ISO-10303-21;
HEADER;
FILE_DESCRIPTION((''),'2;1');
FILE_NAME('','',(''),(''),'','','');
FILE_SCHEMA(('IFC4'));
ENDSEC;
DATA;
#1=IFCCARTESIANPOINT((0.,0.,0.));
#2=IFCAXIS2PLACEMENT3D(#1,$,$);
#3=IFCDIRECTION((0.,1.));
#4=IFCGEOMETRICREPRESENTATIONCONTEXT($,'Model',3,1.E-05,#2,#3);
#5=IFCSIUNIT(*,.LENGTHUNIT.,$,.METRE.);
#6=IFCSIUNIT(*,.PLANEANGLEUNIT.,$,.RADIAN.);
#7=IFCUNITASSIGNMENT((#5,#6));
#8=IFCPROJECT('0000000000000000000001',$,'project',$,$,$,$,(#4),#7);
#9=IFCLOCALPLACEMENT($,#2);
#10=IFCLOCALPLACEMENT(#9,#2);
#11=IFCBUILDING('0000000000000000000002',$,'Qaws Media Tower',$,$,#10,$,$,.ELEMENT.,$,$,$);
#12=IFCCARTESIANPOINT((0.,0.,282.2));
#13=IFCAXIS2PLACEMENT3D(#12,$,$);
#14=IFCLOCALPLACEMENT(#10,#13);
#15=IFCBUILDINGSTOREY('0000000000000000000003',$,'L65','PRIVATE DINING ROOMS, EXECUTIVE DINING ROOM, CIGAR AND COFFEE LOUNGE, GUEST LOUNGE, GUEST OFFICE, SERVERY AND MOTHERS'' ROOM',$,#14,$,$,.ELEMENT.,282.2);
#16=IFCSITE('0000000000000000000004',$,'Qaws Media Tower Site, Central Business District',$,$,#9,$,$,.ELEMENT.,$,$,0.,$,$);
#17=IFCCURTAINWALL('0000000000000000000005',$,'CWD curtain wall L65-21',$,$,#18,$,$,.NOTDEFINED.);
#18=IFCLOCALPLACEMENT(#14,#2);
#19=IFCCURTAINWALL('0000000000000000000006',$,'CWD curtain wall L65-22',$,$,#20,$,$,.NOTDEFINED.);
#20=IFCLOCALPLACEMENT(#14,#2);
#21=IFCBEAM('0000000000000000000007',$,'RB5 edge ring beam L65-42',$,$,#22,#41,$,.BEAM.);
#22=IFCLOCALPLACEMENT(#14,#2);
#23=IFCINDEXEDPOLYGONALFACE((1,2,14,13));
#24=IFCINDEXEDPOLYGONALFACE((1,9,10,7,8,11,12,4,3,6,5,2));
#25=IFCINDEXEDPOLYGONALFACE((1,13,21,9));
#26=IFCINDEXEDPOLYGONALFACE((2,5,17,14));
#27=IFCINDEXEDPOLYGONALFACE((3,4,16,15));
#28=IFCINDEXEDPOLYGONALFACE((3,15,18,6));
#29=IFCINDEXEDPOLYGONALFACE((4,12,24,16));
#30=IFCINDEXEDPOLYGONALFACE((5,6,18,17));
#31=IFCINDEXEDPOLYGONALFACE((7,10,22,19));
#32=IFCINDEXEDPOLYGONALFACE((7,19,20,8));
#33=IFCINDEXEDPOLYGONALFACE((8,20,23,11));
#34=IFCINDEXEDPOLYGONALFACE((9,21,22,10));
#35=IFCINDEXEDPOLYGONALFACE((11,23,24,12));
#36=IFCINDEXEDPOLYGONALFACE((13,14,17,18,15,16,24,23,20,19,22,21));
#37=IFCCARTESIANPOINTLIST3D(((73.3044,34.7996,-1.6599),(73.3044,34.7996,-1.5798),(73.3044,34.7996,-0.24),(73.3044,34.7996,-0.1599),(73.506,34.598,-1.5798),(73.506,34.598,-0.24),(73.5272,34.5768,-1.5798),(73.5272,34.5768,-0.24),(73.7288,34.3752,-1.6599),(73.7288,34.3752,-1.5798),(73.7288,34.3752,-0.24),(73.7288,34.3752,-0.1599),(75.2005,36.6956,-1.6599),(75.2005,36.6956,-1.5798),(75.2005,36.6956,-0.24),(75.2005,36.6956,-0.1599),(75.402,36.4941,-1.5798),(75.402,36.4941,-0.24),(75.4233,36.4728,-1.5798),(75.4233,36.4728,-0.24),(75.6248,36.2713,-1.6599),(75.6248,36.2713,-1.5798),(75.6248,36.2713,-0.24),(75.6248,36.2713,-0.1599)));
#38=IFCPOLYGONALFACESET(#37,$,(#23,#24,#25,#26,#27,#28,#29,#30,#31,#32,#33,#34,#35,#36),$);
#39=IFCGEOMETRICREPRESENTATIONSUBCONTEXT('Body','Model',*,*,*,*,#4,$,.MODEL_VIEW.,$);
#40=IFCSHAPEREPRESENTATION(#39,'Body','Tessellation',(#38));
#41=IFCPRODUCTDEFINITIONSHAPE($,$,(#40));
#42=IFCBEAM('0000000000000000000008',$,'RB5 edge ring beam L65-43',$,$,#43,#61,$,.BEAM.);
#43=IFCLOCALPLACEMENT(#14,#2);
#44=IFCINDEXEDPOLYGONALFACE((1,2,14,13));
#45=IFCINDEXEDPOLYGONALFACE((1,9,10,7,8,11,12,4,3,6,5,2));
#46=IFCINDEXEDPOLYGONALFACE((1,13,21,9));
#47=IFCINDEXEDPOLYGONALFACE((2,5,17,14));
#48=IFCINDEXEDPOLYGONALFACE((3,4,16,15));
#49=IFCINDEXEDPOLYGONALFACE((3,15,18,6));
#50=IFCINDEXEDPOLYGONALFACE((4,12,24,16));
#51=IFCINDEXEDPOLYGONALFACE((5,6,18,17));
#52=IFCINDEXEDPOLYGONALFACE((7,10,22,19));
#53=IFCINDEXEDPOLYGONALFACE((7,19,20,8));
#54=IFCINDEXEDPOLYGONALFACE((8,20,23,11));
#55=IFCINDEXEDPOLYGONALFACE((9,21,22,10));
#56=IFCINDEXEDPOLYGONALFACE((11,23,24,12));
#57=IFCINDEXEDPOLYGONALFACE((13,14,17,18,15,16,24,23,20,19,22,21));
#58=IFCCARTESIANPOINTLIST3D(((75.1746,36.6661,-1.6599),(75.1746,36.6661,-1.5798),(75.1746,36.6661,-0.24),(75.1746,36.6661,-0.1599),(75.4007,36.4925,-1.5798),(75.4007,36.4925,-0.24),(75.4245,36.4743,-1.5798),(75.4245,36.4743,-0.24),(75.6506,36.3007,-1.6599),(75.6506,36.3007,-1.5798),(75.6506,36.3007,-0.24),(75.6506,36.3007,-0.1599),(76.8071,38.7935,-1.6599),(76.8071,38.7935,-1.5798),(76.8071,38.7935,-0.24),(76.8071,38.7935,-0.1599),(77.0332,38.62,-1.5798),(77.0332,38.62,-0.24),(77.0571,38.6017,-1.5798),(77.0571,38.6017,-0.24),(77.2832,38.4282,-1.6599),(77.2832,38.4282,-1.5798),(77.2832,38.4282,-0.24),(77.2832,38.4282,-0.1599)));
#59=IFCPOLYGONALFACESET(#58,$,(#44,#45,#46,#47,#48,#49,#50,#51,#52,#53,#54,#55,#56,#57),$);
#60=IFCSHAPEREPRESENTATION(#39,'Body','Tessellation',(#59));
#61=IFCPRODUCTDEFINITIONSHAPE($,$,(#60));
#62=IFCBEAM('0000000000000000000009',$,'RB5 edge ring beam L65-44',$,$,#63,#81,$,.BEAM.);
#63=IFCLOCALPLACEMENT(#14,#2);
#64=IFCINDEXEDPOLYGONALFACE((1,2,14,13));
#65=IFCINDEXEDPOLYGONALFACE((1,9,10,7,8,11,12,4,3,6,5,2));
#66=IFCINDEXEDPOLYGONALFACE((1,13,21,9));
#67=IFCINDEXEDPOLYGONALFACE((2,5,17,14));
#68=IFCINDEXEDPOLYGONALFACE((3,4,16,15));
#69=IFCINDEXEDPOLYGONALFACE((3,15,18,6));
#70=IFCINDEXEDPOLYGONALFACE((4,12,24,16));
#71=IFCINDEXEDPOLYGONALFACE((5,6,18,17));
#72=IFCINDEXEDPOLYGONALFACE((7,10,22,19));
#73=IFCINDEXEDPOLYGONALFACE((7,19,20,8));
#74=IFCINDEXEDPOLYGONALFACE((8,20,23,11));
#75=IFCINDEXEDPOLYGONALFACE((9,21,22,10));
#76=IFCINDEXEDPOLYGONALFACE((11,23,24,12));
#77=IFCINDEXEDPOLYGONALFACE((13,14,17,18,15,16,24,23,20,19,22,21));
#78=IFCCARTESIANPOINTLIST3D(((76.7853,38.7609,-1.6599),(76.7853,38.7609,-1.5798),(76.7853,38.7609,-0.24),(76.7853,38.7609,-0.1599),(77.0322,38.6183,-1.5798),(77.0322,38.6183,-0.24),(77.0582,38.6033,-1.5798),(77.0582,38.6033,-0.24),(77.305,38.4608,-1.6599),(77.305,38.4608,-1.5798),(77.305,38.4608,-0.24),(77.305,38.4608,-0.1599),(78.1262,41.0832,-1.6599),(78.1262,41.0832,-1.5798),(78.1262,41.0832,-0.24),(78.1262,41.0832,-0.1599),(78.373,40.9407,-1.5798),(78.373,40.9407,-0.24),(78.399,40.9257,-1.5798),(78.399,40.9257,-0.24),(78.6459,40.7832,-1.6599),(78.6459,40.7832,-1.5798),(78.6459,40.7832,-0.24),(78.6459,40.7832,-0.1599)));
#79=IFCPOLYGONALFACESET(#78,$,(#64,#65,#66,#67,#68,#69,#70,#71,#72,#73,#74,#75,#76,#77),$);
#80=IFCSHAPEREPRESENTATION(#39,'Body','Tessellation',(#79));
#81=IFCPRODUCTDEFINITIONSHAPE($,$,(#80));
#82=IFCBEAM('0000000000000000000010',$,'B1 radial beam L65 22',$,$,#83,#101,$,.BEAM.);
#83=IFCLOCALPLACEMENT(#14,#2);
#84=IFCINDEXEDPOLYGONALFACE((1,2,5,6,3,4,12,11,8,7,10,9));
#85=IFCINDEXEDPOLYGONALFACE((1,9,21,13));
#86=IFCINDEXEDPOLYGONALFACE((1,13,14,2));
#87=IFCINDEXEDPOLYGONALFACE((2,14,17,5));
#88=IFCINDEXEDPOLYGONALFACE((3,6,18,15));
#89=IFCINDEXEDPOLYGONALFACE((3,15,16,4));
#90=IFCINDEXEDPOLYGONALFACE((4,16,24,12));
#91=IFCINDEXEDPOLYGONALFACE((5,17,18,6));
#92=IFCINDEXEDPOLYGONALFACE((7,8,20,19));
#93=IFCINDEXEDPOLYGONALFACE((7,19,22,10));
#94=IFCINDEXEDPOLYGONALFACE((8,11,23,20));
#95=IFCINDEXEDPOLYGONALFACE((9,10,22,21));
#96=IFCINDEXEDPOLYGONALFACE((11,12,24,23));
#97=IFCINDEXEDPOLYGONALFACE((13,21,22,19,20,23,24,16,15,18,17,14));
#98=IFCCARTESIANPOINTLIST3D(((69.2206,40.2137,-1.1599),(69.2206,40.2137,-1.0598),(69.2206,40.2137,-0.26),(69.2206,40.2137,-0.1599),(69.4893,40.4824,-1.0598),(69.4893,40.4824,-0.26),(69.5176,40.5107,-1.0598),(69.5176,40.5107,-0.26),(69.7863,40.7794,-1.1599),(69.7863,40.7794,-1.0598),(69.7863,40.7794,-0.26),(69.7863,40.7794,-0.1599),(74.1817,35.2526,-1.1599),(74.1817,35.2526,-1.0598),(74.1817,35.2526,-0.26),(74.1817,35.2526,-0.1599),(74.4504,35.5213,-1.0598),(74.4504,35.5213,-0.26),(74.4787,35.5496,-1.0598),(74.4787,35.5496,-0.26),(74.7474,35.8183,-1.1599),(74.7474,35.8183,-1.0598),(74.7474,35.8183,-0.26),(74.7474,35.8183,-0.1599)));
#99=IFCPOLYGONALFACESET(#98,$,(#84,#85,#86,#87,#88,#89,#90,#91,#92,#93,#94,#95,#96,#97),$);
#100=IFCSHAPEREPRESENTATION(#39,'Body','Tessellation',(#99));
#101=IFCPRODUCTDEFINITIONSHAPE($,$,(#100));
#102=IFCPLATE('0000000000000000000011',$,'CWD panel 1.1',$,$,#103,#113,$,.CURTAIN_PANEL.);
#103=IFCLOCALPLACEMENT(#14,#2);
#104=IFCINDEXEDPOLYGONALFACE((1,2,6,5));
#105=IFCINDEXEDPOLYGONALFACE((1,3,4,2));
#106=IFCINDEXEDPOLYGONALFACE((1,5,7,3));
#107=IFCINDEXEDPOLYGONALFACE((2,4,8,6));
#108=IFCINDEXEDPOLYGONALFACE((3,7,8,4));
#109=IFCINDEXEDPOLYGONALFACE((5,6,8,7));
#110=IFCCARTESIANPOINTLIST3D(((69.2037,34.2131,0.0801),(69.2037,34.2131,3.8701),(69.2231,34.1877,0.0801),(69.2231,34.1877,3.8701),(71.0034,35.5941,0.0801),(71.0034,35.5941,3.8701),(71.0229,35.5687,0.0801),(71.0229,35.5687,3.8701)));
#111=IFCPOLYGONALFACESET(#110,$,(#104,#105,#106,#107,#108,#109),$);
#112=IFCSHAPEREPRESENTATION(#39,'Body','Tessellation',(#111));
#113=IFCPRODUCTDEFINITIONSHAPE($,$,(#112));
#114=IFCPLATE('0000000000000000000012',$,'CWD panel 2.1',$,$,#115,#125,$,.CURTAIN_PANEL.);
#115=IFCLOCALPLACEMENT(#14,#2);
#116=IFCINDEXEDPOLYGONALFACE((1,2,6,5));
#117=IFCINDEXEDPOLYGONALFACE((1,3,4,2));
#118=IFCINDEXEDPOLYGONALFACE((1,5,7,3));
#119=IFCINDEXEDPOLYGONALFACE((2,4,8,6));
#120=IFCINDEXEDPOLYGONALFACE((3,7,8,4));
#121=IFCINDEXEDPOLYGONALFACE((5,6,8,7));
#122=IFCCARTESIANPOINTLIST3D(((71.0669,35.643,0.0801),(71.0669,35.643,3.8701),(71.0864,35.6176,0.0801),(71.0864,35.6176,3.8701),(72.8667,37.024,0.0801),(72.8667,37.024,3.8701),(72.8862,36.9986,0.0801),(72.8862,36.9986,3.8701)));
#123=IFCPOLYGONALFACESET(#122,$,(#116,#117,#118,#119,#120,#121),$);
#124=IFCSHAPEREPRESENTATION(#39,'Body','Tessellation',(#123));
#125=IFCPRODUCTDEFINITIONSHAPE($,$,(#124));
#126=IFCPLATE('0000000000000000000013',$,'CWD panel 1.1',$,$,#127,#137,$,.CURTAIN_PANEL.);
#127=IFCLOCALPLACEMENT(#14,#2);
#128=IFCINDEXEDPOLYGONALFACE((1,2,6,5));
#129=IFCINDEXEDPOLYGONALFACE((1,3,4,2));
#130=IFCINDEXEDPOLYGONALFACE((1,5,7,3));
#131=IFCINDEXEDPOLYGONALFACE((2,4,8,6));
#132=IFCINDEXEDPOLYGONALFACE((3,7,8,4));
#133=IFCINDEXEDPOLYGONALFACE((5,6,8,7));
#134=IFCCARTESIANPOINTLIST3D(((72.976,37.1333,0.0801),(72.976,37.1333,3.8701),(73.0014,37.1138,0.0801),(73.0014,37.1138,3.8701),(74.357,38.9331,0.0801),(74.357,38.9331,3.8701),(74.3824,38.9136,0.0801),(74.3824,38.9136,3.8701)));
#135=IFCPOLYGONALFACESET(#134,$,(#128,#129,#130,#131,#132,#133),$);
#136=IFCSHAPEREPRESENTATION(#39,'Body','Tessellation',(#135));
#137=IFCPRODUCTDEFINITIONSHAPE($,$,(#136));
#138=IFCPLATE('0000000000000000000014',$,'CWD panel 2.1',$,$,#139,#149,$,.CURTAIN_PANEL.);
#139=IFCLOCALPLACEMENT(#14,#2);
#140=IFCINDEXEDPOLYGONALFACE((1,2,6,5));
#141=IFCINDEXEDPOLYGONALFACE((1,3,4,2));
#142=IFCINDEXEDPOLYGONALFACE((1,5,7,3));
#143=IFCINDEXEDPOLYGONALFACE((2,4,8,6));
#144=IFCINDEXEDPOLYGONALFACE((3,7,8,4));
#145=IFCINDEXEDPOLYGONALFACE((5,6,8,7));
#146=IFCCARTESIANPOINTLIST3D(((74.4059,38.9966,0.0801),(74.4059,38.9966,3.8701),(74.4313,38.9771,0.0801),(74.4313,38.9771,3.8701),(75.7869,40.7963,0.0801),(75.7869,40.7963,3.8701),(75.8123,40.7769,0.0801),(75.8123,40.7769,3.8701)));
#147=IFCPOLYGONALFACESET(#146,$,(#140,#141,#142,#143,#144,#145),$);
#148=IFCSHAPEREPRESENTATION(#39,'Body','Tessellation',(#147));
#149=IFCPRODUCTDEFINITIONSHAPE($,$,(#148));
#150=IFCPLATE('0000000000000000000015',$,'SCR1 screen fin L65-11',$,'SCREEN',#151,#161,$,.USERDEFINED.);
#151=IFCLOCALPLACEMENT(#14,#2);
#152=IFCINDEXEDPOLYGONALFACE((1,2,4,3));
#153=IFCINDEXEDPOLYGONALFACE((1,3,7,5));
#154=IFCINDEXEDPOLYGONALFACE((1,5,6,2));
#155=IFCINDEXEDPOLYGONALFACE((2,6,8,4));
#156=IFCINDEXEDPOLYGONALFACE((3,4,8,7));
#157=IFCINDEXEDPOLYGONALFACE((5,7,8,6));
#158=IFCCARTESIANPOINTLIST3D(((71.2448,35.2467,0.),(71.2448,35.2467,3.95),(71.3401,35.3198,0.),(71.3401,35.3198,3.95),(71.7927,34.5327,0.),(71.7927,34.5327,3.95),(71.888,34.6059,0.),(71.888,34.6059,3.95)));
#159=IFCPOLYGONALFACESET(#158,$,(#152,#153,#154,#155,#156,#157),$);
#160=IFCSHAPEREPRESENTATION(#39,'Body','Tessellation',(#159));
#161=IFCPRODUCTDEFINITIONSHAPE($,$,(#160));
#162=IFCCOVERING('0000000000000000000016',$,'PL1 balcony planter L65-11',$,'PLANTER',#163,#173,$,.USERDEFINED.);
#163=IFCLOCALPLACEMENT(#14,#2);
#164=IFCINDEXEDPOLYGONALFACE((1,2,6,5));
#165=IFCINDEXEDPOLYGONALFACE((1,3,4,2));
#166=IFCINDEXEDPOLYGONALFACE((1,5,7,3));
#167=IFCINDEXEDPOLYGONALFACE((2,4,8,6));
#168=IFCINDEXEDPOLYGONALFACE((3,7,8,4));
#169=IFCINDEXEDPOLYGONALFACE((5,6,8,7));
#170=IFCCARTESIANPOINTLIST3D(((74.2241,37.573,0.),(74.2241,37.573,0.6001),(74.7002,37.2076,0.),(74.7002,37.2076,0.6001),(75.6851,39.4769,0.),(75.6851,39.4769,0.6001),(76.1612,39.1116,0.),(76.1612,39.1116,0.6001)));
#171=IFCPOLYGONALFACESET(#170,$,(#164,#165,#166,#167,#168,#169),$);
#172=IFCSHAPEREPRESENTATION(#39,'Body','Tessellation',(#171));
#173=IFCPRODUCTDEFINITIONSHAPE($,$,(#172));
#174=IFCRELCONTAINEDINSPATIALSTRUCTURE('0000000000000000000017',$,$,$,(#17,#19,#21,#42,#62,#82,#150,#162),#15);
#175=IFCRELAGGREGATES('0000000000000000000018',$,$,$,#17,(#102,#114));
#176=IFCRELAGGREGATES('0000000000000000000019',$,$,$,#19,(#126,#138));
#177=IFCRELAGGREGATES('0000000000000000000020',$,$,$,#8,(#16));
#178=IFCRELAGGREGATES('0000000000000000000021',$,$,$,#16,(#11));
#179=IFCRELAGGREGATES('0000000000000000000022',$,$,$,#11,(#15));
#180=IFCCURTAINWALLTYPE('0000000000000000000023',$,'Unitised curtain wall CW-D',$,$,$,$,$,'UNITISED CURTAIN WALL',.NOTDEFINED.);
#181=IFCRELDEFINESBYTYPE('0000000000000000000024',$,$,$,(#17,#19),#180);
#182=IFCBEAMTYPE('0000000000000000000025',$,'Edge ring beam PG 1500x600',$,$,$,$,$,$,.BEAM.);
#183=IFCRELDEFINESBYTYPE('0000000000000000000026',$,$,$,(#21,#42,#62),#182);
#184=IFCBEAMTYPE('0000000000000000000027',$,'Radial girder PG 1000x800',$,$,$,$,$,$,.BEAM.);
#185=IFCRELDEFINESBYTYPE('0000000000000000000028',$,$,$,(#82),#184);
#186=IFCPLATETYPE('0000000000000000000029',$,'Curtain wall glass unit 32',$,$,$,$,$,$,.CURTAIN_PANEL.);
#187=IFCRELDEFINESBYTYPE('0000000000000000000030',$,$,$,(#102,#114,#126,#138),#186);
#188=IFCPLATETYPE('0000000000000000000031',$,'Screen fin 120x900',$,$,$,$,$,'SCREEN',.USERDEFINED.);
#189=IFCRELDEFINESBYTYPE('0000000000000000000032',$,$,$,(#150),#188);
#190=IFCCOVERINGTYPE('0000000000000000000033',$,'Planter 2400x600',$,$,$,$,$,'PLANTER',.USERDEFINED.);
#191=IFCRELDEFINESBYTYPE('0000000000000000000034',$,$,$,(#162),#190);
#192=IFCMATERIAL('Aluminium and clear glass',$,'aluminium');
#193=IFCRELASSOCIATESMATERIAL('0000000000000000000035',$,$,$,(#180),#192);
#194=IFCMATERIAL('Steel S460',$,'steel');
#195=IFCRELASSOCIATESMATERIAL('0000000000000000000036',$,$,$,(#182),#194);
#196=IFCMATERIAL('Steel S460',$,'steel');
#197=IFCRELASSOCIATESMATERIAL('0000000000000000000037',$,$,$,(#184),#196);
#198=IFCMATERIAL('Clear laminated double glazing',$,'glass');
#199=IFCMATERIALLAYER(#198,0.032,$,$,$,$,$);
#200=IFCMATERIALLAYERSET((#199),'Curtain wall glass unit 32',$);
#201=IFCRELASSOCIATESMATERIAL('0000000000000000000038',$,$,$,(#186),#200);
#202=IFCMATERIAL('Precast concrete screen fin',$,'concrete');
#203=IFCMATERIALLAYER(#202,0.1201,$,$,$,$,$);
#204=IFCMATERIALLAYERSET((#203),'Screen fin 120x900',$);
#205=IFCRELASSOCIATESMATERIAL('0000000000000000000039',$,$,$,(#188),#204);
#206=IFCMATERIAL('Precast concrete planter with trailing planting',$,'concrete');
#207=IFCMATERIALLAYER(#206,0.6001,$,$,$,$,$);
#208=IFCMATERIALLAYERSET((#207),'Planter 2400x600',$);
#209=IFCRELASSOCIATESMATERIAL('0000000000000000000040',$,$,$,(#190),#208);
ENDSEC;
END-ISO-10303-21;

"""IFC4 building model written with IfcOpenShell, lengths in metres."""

from ifc_helpers import new_model, si_unit, direction, frame, origin, origin_2d, place, context, subcontext, project, spatial, rectangle, i_section, extrude, material, layer, layer_set, material_profile, profile_set, type_object, element, aggregate, save


model = new_model("IFC4")

# Units and contexts
model_context = context("Model", 3, precision=1e-05, world=origin(), true_north=direction((0.0, 1.0)))
body_context = subcontext(model_context, "Body", "Model", "MODEL_VIEW")
ifc_project = project(units=[si_unit("LENGTHUNIT", "METRE"), si_unit("PLANEANGLEUNIT", "RADIAN")], contexts=[model_context])

# Site, building, storey
site_placement = place(None, origin())
site = spatial("IfcSite", under=ifc_project, at=site_placement, Name="Qaws Media Tower Site, Central Business District", CompositionType="ELEMENT", RefElevation=0.0)
building_placement = place(site_placement, origin())
building = spatial("IfcBuilding", under=site, at=building_placement, Name="Qaws Media Tower", CompositionType="ELEMENT")
storey_placement = place(building_placement, frame((0.0, 0.0, 282.2)))
storey = spatial("IfcBuildingStorey", under=building, at=storey_placement, Name="L65", Description="PRIVATE DINING ROOMS, EXECUTIVE DINING ROOM, CIGAR AND COFFEE LOUNGE, GUEST LOUNGE, GUEST OFFICE, SERVERY AND MOTHERS' ROOM", CompositionType="ELEMENT", Elevation=282.2)

# Curtain walls
ifc_material_1 = material(Name="Aluminium and clear glass", Category="aluminium")
curtain_wall_type = type_object("IfcCurtainWallType", Name="Unitised curtain wall CW-D", ElementType="UNITISED CURTAIN WALL", PredefinedType="NOTDEFINED", material=ifc_material_1)
curtain_wall_1_placement = place(storey_placement, origin())
curtain_wall_1 = element("IfcCurtainWall", 1, at=curtain_wall_1_placement, inside=storey, type_object=curtain_wall_type, Name="CWD curtain wall L65-21", PredefinedType="NOTDEFINED")
curtain_wall_2_placement = place(storey_placement, origin())
curtain_wall_2 = element("IfcCurtainWall", 2, at=curtain_wall_2_placement, inside=storey, type_object=curtain_wall_type, Name="CWD curtain wall L65-22", PredefinedType="NOTDEFINED")

# Beams
ifc_material_2 = material(Name="Steel S460", Category="steel")
ifc_material_profile_1 = material_profile(ifc_material_2, i_section(OverallWidth=0.6001, OverallDepth=1.5, WebThickness=0.03, FlangeThickness=0.0801, at=origin_2d()), Name="PG 1500x600")
ifc_profile_set_1 = profile_set([ifc_material_profile_1], Name="Steel S460")
beam_type_1 = type_object("IfcBeamType", Name="Edge ring beam PG 1500x600", PredefinedType="BEAM", material=ifc_profile_set_1)
beam_1_placement = place(storey_placement, frame((73.5166, 34.5874, -0.9099), z_axis=(0.707107, 0.707107, 0.0), x_axis=(-0.707107, 0.707107, 0.0)))
element("IfcBeam", 3, at=beam_1_placement, inside=storey, type_object=beam_type_1, Name="RB5 edge ring beam L65-42", PredefinedType="BEAM", context=body_context, shape_type="SweptSolid", body=[
    extrude(i_section(OverallWidth=0.6001, OverallDepth=1.5, WebThickness=0.03, FlangeThickness=0.0801, at=origin_2d()), origin(), (0.0, 0.0, 1.0), 2.6814),
])
for number, where, z_axis, x_axis, name in (
    (4, (75.4126, 36.4834, -0.9099), (0.608791, 0.793331, 0.0), (-0.793331, 0.608791, 0.0), "RB5 edge ring beam L65-43"),
    (5, (77.0452, 38.6108, -0.9099), (0.500017, 0.866016, 0.0), (-0.866016, 0.500017, 0.0), "RB5 edge ring beam L65-44"),
):
    element("IfcBeam", number, at=place(storey_placement, frame(where, z_axis=z_axis, x_axis=x_axis)), inside=storey, type_object=beam_type_1, Name=name, PredefinedType="BEAM", context=body_context, shape_type="SweptSolid", body=[
        extrude(i_section(OverallWidth=0.6001, OverallDepth=1.5, WebThickness=0.03, FlangeThickness=0.0801, at=origin_2d()), origin(), (0.0, 0.0, 1.0), 2.6816),
    ])
ifc_material_3 = material(Name="Steel S460", Category="steel")
ifc_material_profile_2 = material_profile(ifc_material_3, i_section(OverallWidth=0.8, OverallDepth=1.0, WebThickness=0.04, FlangeThickness=0.1001, at=origin_2d()), Name="PG 1000x800")
ifc_profile_set_2 = profile_set([ifc_material_profile_2], Name="Steel S460")
beam_type_2 = type_object("IfcBeamType", Name="Radial girder PG 1000x800", PredefinedType="BEAM", material=ifc_profile_set_2)
beam_2_placement = place(storey_placement, frame((69.5034, 40.4966, -0.6599), z_axis=(0.707107, -0.707107, 0.0), x_axis=(0.707107, 0.707107, 0.0)))
element("IfcBeam", 6, at=beam_2_placement, inside=storey, type_object=beam_type_2, Name="B1 radial beam L65 22", PredefinedType="BEAM", context=body_context, shape_type="SweptSolid", body=[
    extrude(i_section(OverallWidth=0.8, OverallDepth=1.0, WebThickness=0.04, FlangeThickness=0.1001, at=origin_2d()), origin(), (0.0, 0.0, 1.0), 7.0161),
])

# Plates
ifc_material_4 = material(Name="Clear laminated double glazing", Category="glass")
ifc_layer_1 = layer(ifc_material_4, 0.032)
ifc_layer_set_1 = layer_set([ifc_layer_1], Name="Curtain wall glass unit 32")
plate_type_1 = type_object("IfcPlateType", Name="Curtain wall glass unit 32", PredefinedType="CURTAIN_PANEL", material=ifc_layer_set_1)
plate_1_placement = place(storey_placement, frame((70.1133, 34.8909, 0.0801), z_axis=(0.0, 0.0, 1.0), x_axis=(0.793353, 0.608761, 0.0)))
plate_1 = element("IfcPlate", 7, at=plate_1_placement, type_object=plate_type_1, Name="CWD panel 1.1", PredefinedType="CURTAIN_PANEL", context=body_context, shape_type="SweptSolid", body=[
    extrude(rectangle(XDim=2.2686, YDim=0.032, at=origin_2d()), origin(), (0.0, 0.0, 1.0), 3.79),
])
plate_2_placement = place(storey_placement, frame((71.9766, 36.3208, 0.0801), z_axis=(0.0, 0.0, 1.0), x_axis=(0.793353, 0.608761, 0.0)))
plate_2 = element("IfcPlate", 8, at=plate_2_placement, type_object=plate_type_1, Name="CWD panel 2.1", PredefinedType="CURTAIN_PANEL", context=body_context, shape_type="SweptSolid", body=[
    extrude(rectangle(XDim=2.2686, YDim=0.032, at=origin_2d()), origin(), (0.0, 0.0, 1.0), 3.79),
])
aggregate(curtain_wall_1, [plate_1, plate_2])
plate_3_placement = place(storey_placement, frame((73.6792, 38.0234, 0.0801), z_axis=(0.0, 0.0, 1.0), x_axis=(0.608761, 0.793353, 0.0)))
plate_3 = element("IfcPlate", 9, at=plate_3_placement, type_object=plate_type_1, Name="CWD panel 1.1", PredefinedType="CURTAIN_PANEL", context=body_context, shape_type="SweptSolid", body=[
    extrude(rectangle(XDim=2.2686, YDim=0.032, at=origin_2d()), origin(), (0.0, 0.0, 1.0), 3.79),
])
plate_4_placement = place(storey_placement, frame((75.1091, 39.8867, 0.0801), z_axis=(0.0, 0.0, 1.0), x_axis=(0.608761, 0.793353, 0.0)))
plate_4 = element("IfcPlate", 10, at=plate_4_placement, type_object=plate_type_1, Name="CWD panel 2.1", PredefinedType="CURTAIN_PANEL", context=body_context, shape_type="SweptSolid", body=[
    extrude(rectangle(XDim=2.2686, YDim=0.032, at=origin_2d()), origin(), (0.0, 0.0, 1.0), 3.79),
])
aggregate(curtain_wall_2, [plate_3, plate_4])
ifc_material_5 = material(Name="Precast concrete screen fin", Category="concrete")
ifc_layer_2 = layer(ifc_material_5, 0.1201)
ifc_layer_set_2 = layer_set([ifc_layer_2], Name="Screen fin 120x900")
plate_type_2 = type_object("IfcPlateType", Name="Screen fin 120x900", ElementType="SCREEN", PredefinedType="USERDEFINED", material=ifc_layer_set_2)
plate_5_placement = place(storey_placement, frame((71.5664, 34.9263, 0.0), z_axis=(0.0, 0.0, 1.0), x_axis=(0.608761, -0.793353, 0.0)))
element("IfcPlate", 11, at=plate_5_placement, inside=storey, type_object=plate_type_2, Name="SCR1 screen fin L65-11", ObjectType="SCREEN", PredefinedType="USERDEFINED", context=body_context, shape_type="SweptSolid", body=[
    extrude(rectangle(XDim=0.8999, YDim=0.1201, at=origin_2d()), origin(), (0.0, 0.0, 1.0), 3.95),
])

# Covering
ifc_material_6 = material(Name="Precast concrete planter with trailing planting", Category="concrete")
ifc_layer_3 = layer(ifc_material_6, 0.6001)
ifc_layer_set_3 = layer_set([ifc_layer_3], Name="Planter 2400x600")
covering_type = type_object("IfcCoveringType", Name="Planter 2400x600", ElementType="PLANTER", PredefinedType="USERDEFINED", material=ifc_layer_set_3)
covering_placement = place(storey_placement, frame((75.1926, 38.3423, 0.0), z_axis=(0.0, 0.0, 1.0), x_axis=(0.608761, 0.793353, 0.0)))
element("IfcCovering", 12, at=covering_placement, inside=storey, type_object=covering_type, Name="PL1 balcony planter L65-11", ObjectType="PLANTER", PredefinedType="USERDEFINED", context=body_context, shape_type="SweptSolid", body=[
    extrude(rectangle(XDim=2.3999, YDim=0.6001, at=origin_2d()), origin(), (0.0, 0.0, 1.0), 0.6001),
])

save(model, "model.ifc")
